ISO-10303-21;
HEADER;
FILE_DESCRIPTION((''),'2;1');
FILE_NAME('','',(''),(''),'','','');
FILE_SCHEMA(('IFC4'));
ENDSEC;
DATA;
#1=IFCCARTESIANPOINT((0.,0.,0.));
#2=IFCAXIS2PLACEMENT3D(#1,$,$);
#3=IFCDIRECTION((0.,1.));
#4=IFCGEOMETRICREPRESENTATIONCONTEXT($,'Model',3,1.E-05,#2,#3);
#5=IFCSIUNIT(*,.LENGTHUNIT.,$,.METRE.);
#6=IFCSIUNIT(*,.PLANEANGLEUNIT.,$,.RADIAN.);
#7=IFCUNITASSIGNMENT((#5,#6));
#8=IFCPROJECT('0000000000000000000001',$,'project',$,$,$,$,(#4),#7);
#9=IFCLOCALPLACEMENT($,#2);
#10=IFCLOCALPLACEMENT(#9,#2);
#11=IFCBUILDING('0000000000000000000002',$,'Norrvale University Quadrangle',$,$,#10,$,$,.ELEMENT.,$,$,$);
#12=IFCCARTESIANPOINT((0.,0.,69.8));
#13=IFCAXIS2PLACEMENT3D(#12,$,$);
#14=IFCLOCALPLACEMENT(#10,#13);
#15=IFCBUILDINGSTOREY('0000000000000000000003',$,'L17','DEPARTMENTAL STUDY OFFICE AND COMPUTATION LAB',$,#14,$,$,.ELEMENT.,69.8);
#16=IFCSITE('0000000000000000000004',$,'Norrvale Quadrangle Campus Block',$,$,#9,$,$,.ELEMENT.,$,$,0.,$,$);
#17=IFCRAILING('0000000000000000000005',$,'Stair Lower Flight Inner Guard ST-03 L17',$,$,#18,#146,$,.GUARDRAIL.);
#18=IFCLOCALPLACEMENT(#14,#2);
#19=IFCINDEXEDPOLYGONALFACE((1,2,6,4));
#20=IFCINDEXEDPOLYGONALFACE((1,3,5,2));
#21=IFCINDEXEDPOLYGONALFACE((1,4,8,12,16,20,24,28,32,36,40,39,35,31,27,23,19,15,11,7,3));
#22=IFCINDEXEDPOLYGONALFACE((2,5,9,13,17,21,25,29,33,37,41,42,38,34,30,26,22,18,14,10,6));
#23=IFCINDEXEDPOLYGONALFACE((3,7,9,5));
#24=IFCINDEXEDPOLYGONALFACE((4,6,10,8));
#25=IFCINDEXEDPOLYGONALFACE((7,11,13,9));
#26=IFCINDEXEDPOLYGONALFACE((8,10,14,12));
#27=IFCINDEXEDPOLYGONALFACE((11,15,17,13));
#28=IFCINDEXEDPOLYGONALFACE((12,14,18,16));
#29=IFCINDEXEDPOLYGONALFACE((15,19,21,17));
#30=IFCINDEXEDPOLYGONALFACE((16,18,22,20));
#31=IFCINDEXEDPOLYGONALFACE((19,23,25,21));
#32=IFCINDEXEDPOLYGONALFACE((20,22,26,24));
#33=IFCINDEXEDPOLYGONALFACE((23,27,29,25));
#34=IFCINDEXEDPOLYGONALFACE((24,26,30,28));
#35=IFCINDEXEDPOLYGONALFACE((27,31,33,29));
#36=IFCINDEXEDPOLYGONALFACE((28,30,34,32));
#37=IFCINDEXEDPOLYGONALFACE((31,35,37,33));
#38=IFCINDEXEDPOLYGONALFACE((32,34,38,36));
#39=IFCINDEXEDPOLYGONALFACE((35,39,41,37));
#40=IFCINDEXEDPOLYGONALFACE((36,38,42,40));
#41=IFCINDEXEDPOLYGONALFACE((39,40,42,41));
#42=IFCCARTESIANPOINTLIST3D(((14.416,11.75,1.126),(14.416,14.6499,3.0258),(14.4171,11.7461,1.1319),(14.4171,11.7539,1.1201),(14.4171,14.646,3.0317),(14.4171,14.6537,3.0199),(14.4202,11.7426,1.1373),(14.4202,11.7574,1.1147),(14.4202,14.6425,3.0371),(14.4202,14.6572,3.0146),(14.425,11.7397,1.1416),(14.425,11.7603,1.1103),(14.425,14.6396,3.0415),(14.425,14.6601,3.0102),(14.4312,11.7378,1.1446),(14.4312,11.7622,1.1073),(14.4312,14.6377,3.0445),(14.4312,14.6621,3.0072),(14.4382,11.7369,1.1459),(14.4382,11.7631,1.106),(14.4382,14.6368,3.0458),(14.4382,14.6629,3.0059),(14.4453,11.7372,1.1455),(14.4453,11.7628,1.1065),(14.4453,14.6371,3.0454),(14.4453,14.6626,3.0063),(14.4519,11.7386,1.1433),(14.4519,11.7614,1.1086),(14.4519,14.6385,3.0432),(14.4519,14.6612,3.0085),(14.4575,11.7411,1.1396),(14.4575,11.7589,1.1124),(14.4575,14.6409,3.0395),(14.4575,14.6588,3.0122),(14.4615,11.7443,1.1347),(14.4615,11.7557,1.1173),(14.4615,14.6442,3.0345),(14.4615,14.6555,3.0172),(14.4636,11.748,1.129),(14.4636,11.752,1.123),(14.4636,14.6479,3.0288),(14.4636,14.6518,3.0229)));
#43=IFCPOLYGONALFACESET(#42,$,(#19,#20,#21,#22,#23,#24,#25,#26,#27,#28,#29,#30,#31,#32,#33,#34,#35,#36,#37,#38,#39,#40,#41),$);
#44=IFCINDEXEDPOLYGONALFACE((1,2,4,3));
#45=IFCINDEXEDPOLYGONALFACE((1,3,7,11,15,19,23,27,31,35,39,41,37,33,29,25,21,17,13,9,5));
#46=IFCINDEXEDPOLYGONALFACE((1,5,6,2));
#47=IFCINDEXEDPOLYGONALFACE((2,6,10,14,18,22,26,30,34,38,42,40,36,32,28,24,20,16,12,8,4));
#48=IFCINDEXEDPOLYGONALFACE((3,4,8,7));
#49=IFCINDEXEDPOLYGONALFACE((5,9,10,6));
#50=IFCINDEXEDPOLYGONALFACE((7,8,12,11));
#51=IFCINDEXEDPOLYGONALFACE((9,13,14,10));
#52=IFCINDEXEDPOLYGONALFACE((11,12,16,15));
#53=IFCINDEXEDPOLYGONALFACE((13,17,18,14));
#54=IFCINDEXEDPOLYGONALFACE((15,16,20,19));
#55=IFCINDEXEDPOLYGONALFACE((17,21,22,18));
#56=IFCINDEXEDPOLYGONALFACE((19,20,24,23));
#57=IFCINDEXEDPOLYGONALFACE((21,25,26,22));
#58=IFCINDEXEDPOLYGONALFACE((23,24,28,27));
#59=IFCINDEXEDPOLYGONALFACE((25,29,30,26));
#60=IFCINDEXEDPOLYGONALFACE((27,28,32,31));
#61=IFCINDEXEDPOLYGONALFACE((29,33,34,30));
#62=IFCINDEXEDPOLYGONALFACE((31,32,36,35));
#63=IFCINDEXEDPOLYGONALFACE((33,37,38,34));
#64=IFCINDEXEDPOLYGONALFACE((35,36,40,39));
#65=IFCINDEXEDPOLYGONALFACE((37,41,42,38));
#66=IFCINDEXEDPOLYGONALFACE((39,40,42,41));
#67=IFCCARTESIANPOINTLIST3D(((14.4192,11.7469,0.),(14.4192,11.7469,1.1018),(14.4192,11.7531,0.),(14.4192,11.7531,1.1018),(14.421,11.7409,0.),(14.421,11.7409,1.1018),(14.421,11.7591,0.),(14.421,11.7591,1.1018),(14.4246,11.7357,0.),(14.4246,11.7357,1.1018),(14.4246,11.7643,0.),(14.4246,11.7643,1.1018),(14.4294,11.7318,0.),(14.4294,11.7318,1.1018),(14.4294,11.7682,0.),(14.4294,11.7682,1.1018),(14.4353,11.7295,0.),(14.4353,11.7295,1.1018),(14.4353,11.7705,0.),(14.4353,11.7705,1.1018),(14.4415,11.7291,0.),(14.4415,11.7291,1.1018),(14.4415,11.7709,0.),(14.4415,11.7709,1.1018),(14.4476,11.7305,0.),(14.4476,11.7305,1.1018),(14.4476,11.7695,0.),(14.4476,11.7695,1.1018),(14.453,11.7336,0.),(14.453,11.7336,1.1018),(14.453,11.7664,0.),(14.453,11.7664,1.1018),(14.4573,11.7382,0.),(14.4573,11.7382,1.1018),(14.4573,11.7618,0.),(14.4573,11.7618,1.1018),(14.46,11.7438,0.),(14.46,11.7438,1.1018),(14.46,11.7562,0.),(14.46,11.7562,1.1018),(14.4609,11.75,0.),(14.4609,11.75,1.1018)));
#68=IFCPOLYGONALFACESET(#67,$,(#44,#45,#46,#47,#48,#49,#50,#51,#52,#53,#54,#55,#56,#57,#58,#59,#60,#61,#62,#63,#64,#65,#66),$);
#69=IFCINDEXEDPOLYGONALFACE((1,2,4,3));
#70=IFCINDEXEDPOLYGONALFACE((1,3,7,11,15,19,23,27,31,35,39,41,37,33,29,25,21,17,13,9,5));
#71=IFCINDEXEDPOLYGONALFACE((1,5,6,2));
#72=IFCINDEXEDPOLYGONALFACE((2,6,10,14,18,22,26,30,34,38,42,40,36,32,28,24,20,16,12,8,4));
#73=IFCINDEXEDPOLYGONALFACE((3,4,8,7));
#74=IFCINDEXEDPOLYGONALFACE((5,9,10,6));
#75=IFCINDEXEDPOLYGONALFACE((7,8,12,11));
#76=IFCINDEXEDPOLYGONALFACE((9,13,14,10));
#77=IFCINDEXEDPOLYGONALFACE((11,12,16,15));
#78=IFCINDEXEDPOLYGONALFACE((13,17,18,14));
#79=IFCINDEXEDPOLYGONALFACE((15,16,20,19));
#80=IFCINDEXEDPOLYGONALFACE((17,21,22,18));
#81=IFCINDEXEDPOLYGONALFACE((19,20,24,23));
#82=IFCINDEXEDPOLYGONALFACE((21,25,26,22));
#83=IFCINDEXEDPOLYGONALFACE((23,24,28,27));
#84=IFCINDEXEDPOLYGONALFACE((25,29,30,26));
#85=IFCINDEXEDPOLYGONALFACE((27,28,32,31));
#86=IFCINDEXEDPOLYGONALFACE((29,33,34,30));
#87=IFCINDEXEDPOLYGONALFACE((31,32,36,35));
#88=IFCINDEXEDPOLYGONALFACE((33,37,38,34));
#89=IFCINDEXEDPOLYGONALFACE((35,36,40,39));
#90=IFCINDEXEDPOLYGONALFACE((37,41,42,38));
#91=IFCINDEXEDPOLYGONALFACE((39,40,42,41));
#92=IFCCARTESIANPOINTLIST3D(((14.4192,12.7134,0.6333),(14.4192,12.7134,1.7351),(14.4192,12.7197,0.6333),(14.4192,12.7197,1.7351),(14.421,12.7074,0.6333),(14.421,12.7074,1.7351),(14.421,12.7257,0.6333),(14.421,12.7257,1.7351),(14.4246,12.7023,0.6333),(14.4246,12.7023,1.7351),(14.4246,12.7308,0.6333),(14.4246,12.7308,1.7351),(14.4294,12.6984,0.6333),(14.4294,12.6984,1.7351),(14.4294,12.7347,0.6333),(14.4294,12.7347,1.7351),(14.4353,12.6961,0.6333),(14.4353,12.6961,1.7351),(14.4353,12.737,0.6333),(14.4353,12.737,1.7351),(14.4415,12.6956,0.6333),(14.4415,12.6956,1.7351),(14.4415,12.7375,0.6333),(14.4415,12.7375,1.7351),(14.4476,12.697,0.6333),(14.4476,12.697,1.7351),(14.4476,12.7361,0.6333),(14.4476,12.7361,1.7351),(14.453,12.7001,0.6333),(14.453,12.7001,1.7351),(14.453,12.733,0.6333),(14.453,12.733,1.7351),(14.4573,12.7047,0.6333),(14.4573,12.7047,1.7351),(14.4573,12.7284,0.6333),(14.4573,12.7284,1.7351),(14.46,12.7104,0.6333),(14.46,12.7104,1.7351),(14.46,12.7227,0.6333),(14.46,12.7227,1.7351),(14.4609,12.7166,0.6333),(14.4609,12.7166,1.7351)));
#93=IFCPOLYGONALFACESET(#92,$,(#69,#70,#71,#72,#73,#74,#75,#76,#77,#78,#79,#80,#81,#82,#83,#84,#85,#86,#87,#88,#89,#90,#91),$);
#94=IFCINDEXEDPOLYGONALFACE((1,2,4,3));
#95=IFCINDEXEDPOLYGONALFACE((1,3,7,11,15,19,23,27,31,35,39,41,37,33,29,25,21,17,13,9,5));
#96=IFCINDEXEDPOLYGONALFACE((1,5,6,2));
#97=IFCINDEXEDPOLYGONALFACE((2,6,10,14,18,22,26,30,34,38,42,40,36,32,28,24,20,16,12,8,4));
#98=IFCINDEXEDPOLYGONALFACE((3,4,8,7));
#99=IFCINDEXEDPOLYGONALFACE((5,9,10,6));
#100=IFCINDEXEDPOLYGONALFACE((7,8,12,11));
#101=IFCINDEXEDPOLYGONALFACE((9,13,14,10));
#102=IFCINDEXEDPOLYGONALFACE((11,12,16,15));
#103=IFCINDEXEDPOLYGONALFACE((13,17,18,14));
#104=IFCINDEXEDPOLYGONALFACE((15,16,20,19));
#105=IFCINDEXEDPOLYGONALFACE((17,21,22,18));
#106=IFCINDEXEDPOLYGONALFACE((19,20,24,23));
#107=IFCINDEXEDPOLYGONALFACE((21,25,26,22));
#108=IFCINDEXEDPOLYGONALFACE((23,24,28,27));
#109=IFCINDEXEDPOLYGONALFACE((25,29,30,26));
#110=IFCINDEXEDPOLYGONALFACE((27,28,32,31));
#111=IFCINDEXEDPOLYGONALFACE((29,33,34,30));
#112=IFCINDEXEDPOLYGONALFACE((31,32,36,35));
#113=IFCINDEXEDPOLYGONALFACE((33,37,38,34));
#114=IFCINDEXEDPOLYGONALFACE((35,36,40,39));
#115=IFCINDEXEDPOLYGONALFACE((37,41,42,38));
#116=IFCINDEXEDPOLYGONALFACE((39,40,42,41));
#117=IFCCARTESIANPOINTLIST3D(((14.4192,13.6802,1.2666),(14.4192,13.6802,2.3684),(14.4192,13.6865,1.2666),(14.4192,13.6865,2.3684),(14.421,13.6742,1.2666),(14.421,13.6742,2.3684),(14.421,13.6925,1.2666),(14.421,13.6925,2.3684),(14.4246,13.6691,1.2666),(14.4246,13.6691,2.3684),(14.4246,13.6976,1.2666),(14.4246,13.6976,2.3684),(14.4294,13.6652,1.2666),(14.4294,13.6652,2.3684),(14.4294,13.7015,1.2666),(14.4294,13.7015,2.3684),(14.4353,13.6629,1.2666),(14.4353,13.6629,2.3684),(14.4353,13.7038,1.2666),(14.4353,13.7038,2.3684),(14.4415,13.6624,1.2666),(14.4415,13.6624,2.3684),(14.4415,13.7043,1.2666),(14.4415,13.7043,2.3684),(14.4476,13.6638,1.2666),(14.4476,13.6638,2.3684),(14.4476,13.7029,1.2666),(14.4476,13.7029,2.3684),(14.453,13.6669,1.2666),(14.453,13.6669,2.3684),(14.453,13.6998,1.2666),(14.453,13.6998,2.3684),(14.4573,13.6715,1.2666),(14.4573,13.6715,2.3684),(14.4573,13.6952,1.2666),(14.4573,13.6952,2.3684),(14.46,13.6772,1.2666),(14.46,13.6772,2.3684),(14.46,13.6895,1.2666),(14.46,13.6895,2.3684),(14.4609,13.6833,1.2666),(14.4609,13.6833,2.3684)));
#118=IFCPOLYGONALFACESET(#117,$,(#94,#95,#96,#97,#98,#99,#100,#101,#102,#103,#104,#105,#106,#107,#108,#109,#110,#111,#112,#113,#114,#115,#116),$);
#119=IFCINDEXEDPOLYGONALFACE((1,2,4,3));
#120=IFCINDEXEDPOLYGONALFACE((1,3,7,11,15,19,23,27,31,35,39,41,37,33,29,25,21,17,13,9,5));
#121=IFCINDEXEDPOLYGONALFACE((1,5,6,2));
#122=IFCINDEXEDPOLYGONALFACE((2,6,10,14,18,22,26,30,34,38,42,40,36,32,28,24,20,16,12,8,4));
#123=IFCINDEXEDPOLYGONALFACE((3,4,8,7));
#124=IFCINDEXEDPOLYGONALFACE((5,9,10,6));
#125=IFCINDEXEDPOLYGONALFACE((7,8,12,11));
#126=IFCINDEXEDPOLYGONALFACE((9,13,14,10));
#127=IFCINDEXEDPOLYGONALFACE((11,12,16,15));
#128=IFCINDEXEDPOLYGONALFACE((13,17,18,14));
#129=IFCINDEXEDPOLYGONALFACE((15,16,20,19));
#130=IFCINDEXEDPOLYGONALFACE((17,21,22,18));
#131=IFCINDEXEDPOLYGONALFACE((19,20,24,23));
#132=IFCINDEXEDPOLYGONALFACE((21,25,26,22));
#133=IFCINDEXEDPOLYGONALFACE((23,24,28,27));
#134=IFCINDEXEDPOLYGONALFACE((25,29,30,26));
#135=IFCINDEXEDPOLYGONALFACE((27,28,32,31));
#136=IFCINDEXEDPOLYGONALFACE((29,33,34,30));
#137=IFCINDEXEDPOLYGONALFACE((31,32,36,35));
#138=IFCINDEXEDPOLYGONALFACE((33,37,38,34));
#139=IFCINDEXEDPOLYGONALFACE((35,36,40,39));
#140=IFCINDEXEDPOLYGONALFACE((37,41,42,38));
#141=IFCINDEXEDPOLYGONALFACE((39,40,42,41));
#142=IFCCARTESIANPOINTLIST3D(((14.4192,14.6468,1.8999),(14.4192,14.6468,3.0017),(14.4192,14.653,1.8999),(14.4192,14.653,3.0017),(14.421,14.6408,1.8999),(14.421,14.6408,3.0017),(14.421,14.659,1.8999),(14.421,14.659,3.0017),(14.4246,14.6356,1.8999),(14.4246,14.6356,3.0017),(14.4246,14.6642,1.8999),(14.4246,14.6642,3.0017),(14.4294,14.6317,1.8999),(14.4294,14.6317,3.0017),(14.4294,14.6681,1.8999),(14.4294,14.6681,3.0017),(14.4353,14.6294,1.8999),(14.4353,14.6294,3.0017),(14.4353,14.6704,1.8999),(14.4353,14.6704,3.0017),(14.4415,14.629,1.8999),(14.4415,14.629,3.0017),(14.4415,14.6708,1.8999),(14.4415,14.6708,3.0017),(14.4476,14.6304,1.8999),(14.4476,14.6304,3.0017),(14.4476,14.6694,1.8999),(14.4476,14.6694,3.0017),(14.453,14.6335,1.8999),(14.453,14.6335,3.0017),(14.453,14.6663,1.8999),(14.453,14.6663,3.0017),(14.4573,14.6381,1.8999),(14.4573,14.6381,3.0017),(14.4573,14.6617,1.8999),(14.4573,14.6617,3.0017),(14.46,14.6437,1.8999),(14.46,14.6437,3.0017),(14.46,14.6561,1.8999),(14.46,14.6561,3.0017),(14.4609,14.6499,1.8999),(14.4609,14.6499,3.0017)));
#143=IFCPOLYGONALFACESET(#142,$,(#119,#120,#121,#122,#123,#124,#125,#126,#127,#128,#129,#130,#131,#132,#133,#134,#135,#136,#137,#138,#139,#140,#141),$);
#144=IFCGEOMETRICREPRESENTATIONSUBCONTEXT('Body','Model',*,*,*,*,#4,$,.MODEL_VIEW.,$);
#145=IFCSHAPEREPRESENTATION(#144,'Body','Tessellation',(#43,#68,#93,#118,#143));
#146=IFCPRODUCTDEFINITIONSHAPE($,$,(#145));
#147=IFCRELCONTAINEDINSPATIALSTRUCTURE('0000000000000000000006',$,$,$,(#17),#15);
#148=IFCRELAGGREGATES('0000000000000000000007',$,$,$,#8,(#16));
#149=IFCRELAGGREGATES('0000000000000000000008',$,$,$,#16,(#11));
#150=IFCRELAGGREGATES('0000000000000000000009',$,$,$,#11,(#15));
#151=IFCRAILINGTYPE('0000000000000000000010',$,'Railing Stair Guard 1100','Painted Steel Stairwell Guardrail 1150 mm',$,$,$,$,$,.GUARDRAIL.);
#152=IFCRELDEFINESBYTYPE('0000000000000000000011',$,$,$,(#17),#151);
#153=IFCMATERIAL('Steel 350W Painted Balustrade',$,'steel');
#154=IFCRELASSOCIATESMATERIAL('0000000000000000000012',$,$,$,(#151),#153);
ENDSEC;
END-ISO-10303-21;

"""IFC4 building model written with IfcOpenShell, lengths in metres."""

from ifc_helpers import new_model, si_unit, direction, frame, origin, origin_2d, place, context, subcontext, project, spatial, circle, extrude, material, type_object, element, save


model = new_model("IFC4")

# Units and contexts
model_context = context("Model", 3, precision=1e-05, world=origin(), true_north=direction((0.0, 1.0)))
body_context = subcontext(model_context, "Body", "Model", "MODEL_VIEW")
ifc_project = project(units=[si_unit("LENGTHUNIT", "METRE"), si_unit("PLANEANGLEUNIT", "RADIAN")], contexts=[model_context])

# Site, building, storey
site_placement = place(None, origin())
site = spatial("IfcSite", under=ifc_project, at=site_placement, Name="Norrvale Quadrangle Campus Block", CompositionType="ELEMENT", RefElevation=0.0)
building_placement = place(site_placement, origin())
building = spatial("IfcBuilding", under=site, at=building_placement, Name="Norrvale University Quadrangle", CompositionType="ELEMENT")
storey_placement = place(building_placement, frame((0.0, 0.0, 69.8)))
storey = spatial("IfcBuildingStorey", under=building, at=storey_placement, Name="L17", Description="DEPARTMENTAL STUDY OFFICE AND COMPUTATION LAB", CompositionType="ELEMENT", Elevation=69.8)

# Railing
ifc_material_1 = material(Name="Steel 350W Painted Balustrade", Category="steel")
railing_type_1 = type_object("IfcRailingType", Name="Railing Stair Guard 1100", Description="Painted Steel Stairwell Guardrail 1150 mm", PredefinedType="GUARDRAIL", material=ifc_material_1)
railing_1_placement = place(storey_placement, frame((14.4399, 11.75, 0.0)))
element("IfcRailing", 1, at=railing_1_placement, inside=storey, type_object=railing_type_1, Name="Stair Lower Flight Inner Guard ST-03 L17", PredefinedType="GUARDRAIL", context=body_context, shape_type="SweptSolid", body=[
    extrude(circle(Radius=0.0239, at=origin_2d()), frame((0.0, 0.0, 1.126), z_axis=(0.0, 0.836466, 0.548019), x_axis=(-1.0, 0.0, 0.0)), (0.0, 0.0, 1.0), 3.4668),
    extrude(circle(Radius=0.021, at=origin_2d()), origin(), (0.0, 0.0, 1.0), 1.1018),
    extrude(circle(Radius=0.021, at=origin_2d()), frame((0.0, 0.9666, 0.6333)), (0.0, 0.0, 1.0), 1.1018),
    extrude(circle(Radius=0.021, at=origin_2d()), frame((0.0, 1.9333, 1.2666)), (0.0, 0.0, 1.0), 1.1018),
    extrude(circle(Radius=0.021, at=origin_2d()), frame((0.0, 2.8999, 1.8999)), (0.0, 0.0, 1.0), 1.1018),
])

save(model, "model.ifc")
